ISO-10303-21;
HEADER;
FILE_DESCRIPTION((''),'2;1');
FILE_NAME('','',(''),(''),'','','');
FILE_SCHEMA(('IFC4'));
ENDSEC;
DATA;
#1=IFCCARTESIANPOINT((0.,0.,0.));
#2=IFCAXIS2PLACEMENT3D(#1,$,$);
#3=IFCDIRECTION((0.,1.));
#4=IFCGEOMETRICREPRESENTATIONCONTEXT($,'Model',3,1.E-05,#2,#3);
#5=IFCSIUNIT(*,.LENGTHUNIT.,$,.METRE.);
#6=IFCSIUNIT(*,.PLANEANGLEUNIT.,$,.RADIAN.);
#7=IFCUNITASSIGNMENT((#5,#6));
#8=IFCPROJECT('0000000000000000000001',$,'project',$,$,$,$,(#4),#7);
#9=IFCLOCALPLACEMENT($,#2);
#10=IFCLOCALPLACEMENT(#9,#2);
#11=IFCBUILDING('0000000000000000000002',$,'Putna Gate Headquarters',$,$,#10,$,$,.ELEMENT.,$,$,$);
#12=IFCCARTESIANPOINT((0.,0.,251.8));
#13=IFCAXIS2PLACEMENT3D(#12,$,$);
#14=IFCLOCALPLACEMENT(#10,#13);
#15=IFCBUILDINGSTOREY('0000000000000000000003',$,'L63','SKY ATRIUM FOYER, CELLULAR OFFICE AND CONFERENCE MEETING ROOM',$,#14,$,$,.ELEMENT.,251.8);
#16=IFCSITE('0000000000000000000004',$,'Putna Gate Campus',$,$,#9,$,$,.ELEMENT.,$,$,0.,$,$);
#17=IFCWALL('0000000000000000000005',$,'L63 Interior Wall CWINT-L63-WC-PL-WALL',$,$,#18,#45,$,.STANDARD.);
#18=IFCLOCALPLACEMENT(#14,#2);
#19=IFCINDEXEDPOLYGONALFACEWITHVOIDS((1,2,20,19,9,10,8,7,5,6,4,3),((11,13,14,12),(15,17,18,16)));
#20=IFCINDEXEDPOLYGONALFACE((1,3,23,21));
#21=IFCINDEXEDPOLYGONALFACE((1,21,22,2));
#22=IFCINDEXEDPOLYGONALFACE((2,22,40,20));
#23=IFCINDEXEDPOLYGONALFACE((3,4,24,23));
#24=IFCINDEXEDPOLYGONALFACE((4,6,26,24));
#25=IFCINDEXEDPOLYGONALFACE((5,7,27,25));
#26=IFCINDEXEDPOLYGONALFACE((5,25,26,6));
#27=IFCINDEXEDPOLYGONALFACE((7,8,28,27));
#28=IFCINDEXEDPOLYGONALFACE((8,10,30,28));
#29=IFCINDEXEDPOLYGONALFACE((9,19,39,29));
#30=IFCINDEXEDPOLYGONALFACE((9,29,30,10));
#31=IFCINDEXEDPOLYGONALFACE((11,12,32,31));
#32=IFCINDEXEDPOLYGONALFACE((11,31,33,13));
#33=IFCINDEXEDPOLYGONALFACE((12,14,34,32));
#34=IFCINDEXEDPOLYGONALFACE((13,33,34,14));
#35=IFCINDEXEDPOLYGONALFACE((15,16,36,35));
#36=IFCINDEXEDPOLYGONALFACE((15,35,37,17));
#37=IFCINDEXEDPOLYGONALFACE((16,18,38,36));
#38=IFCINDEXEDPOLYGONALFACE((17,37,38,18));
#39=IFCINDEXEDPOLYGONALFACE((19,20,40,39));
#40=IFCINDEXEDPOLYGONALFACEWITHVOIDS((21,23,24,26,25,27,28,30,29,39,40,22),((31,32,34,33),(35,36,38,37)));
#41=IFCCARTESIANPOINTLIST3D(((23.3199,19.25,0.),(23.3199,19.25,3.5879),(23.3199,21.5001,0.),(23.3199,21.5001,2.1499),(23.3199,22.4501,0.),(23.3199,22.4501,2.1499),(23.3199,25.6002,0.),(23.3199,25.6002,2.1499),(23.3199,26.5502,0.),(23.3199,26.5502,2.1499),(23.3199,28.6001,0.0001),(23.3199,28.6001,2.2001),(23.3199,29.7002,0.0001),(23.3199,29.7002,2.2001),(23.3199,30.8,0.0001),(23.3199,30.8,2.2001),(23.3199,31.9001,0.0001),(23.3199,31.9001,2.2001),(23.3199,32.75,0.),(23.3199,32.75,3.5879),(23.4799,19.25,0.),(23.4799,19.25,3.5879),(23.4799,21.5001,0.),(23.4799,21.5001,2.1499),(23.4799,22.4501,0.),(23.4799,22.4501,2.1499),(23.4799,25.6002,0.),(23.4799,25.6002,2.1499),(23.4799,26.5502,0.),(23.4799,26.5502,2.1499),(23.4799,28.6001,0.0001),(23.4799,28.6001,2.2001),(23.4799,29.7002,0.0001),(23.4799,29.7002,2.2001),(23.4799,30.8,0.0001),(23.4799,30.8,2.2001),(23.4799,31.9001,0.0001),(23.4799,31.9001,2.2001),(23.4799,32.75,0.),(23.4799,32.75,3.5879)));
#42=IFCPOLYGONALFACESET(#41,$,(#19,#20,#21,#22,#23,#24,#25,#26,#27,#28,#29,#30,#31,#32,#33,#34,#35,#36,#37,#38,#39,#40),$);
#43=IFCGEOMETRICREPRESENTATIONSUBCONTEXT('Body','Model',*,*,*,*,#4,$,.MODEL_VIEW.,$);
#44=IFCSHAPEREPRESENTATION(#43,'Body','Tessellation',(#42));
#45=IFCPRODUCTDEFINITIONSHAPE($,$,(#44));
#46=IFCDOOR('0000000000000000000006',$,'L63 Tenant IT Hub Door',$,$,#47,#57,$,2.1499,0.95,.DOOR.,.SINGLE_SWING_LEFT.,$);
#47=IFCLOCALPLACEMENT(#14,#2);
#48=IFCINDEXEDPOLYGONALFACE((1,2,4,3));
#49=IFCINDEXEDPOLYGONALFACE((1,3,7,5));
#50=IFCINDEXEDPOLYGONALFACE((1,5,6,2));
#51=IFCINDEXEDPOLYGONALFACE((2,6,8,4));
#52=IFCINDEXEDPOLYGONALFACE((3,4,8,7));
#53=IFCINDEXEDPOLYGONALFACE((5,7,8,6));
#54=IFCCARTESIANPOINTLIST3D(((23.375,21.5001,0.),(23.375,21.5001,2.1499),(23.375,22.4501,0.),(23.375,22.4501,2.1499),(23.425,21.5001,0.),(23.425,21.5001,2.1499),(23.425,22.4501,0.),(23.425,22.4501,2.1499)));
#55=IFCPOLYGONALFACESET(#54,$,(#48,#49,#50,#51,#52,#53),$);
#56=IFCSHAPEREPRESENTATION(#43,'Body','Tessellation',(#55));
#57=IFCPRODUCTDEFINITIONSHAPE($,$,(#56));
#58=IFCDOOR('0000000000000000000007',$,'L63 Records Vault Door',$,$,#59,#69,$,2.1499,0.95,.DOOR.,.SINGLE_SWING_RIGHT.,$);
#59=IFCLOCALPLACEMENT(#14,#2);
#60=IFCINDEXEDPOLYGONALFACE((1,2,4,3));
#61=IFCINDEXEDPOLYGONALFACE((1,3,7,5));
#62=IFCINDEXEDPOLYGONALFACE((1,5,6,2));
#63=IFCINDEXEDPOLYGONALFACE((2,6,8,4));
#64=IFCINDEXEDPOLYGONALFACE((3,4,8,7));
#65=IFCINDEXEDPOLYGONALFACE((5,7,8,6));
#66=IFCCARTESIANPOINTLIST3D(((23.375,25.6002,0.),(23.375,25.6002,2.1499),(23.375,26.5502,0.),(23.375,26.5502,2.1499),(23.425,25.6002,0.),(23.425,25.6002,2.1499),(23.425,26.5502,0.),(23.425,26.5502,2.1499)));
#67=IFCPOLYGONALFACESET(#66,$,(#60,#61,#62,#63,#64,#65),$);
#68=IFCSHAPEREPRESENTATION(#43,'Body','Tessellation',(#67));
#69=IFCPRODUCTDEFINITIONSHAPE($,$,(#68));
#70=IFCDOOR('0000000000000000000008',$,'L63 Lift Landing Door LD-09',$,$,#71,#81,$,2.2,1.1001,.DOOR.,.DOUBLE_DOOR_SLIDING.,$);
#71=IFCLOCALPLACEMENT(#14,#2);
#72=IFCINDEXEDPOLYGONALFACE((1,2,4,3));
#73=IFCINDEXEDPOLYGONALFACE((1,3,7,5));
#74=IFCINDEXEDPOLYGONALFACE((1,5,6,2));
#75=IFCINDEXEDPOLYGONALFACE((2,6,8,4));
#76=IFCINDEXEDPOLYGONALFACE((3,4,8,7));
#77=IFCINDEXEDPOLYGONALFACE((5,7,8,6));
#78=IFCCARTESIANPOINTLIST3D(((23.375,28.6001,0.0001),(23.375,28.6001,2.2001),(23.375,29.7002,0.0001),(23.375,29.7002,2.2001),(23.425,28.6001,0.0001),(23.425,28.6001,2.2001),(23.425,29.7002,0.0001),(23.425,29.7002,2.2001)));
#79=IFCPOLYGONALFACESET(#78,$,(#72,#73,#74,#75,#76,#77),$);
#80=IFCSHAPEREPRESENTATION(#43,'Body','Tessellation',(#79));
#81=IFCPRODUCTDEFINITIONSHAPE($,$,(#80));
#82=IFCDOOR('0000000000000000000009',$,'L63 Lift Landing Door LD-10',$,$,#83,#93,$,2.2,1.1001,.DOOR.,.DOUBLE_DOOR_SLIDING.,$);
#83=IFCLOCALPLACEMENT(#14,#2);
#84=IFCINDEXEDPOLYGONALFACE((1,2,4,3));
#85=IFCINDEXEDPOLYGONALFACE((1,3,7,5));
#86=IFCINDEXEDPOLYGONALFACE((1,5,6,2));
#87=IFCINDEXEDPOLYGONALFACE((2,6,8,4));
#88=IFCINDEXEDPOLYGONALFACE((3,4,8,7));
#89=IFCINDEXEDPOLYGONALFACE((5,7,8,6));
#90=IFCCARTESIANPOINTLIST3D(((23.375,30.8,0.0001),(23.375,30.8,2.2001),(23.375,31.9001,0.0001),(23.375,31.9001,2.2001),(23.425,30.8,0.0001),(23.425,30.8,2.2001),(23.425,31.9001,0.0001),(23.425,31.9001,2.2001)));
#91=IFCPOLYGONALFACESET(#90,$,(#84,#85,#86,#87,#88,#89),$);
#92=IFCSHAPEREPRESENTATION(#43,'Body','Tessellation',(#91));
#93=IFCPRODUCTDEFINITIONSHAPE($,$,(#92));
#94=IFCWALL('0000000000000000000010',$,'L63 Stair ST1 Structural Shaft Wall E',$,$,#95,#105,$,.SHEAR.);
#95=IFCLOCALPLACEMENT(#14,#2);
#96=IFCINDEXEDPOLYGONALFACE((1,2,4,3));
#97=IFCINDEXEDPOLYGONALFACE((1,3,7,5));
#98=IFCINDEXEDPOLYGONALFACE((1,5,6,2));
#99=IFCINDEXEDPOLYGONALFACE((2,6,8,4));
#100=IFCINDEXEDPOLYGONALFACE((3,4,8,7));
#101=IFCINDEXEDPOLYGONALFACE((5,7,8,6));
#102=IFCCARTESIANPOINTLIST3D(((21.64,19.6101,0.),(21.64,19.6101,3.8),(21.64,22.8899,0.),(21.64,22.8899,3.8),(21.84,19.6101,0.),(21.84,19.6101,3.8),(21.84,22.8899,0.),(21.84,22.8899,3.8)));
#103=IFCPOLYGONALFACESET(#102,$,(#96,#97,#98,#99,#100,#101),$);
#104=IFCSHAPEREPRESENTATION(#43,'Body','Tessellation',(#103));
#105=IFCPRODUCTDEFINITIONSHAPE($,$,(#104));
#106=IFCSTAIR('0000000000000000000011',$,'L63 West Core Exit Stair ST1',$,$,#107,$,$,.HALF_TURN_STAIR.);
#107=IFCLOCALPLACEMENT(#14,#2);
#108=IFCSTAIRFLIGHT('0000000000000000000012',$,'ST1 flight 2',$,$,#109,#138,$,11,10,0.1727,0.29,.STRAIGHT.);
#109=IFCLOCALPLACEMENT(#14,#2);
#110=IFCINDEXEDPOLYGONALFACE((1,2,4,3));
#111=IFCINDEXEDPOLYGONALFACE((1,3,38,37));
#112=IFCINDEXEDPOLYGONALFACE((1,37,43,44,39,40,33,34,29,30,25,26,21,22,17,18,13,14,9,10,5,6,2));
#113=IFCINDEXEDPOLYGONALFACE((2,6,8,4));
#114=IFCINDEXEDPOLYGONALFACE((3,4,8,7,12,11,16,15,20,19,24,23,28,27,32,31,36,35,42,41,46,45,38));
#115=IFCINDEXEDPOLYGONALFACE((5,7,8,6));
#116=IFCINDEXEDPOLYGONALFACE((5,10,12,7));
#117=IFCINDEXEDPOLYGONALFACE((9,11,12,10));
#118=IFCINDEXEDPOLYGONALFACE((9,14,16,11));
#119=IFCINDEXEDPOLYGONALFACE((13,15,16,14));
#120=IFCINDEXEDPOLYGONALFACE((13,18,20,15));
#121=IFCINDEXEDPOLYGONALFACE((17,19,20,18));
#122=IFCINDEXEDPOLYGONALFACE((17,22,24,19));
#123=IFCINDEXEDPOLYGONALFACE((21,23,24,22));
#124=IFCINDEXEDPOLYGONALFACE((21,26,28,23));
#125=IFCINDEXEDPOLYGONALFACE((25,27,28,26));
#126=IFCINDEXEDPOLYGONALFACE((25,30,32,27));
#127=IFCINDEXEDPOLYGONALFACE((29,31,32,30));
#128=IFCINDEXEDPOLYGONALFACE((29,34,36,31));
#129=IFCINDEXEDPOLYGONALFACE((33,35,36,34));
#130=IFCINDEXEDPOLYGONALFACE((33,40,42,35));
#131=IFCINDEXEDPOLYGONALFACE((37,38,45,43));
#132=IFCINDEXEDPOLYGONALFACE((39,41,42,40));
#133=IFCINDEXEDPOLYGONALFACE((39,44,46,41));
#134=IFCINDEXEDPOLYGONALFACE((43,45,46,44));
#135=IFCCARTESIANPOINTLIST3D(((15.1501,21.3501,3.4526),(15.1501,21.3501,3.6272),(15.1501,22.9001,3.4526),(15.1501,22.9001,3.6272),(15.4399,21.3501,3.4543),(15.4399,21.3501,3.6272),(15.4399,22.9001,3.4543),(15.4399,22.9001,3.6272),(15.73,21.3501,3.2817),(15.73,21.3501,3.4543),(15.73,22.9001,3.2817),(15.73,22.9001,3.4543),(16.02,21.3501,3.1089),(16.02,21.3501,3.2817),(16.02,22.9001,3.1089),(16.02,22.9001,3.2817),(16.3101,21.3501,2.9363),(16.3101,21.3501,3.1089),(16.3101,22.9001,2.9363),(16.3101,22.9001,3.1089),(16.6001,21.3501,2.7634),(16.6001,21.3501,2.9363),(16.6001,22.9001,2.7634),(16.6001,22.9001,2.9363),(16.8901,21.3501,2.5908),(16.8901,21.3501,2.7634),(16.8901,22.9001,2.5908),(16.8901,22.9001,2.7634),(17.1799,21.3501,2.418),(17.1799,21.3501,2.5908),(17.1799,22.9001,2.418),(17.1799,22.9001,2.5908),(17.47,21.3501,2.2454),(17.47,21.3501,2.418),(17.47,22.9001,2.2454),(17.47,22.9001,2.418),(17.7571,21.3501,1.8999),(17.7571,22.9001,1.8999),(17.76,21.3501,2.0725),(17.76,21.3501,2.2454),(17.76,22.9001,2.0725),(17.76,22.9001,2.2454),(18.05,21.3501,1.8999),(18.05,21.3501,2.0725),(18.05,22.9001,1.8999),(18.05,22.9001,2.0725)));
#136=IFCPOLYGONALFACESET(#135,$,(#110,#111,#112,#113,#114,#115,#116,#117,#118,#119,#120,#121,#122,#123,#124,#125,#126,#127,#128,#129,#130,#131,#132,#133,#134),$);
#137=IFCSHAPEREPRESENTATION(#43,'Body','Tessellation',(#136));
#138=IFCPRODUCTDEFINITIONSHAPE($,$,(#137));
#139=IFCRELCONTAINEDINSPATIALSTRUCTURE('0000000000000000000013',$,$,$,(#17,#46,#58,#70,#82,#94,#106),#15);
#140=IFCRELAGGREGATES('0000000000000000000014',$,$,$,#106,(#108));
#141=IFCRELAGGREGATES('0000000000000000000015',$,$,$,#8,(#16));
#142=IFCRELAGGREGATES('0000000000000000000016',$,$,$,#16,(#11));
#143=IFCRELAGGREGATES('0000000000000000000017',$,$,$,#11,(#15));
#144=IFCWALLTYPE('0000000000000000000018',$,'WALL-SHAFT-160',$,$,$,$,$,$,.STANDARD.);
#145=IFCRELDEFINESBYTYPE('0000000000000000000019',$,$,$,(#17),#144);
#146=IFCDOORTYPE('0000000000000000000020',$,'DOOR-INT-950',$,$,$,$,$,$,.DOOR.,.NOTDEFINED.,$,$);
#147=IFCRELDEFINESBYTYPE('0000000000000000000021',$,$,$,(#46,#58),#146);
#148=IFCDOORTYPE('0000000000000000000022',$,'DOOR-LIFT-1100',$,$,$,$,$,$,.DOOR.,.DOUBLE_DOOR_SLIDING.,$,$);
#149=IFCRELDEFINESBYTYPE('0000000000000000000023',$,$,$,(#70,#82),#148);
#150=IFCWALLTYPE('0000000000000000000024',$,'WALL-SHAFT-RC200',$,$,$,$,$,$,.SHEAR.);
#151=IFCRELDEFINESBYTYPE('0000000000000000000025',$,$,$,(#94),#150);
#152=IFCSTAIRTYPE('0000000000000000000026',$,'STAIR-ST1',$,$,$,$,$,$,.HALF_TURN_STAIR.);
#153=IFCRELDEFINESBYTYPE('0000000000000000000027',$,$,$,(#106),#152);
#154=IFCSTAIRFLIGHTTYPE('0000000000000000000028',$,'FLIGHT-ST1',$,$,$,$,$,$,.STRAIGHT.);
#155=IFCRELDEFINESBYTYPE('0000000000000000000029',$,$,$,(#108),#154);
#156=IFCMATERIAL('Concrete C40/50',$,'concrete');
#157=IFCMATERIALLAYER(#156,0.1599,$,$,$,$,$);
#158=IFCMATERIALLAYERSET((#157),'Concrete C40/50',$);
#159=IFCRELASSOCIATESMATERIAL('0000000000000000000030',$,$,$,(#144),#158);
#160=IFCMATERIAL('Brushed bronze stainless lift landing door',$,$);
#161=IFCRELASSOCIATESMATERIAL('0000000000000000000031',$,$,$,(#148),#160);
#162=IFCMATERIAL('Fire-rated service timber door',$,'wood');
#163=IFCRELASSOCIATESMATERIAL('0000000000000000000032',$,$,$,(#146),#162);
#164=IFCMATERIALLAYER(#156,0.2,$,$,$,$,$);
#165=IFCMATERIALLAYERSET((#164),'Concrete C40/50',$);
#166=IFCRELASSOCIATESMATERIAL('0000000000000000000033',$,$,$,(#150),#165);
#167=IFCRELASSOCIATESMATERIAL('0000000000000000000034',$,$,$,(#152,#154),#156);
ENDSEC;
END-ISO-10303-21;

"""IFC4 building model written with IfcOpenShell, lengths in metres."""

from ifc_helpers import new_model, si_unit, direction, frame, frame_2d, origin, place, context, subcontext, project, spatial, polyline, rectangle, outline, extrude, material, layer, layer_set, type_object, element, fill, aggregate, save


model = new_model("IFC4")

# Units and contexts
model_context = context("Model", 3, precision=1e-05, world=origin(), true_north=direction((0.0, 1.0)))
body_context = subcontext(model_context, "Body", "Model", "MODEL_VIEW")
ifc_project = project(units=[si_unit("LENGTHUNIT", "METRE"), si_unit("PLANEANGLEUNIT", "RADIAN")], contexts=[model_context])

# Site, building, storey
site_placement = place(None, origin())
site = spatial("IfcSite", under=ifc_project, at=site_placement, Name="Putna Gate Campus", CompositionType="ELEMENT", RefElevation=0.0)
building_placement = place(site_placement, origin())
building = spatial("IfcBuilding", under=site, at=building_placement, Name="Putna Gate Headquarters", CompositionType="ELEMENT")
storey_placement = place(building_placement, frame((0.0, 0.0, 251.8)))
storey = spatial("IfcBuildingStorey", under=building, at=storey_placement, Name="L63", Description="SKY ATRIUM FOYER, CELLULAR OFFICE AND CONFERENCE MEETING ROOM", CompositionType="ELEMENT", Elevation=251.8)

# Shared definitions
ifc_material_1 = material(Name="Concrete C40/50", Category="concrete")
ifc_layer_1 = layer(ifc_material_1, 0.1599)
ifc_layer_set_1 = layer_set([ifc_layer_1], Name="Concrete C40/50")
wall_type_1 = type_object("IfcWallType", Name="WALL-SHAFT-160", PredefinedType="STANDARD", material=ifc_layer_set_1)

# Shared definitions
ifc_material_2 = material(Name="Brushed bronze stainless lift landing door")
door_type_1 = type_object("IfcDoorType", Name="DOOR-LIFT-1100", OperationType="DOUBLE_DOOR_SLIDING", PredefinedType="DOOR", material=ifc_material_2)

# Wall, openings, doors
wall_1_placement = place(storey_placement, frame((23.3999, 19.25, 0.0), z_axis=(0.0, 0.0, 1.0), x_axis=(0.0, 1.0, 0.0)))
wall_1 = element("IfcWall", 1, at=wall_1_placement, inside=storey, type_object=wall_type_1, Name="L63 Interior Wall CWINT-L63-WC-PL-WALL", PredefinedType="STANDARD", context=body_context, shape_type="SweptSolid", body=[
    extrude(rectangle(XDim=13.5, YDim=0.1599, at=frame_2d((6.75, 0.0))), origin(), (0.0, 0.0, 1.0), 3.5879),
])
opening_1_placement = place(wall_1_placement, frame((2.25, 0.0, 0.0)))
opening_1 = element("IfcOpeningElement", 2, at=opening_1_placement, cuts=wall_1, PredefinedType="OPENING", context=body_context, shape_type="SweptSolid", body=[
    extrude(rectangle(XDim=0.95, YDim=2.1499, at=frame_2d((0.4751, 1.075))), frame((0.0, 0.0898, 0.0), z_axis=(0.0, -1.0, 0.0), x_axis=(1.0, 0.0, 0.0)), (0.0, 0.0, 1.0), 0.1799),
])
opening_2_placement = place(wall_1_placement, frame((6.3501, 0.0, 0.0)))
opening_2 = element("IfcOpeningElement", 3, at=opening_2_placement, cuts=wall_1, PredefinedType="OPENING", context=body_context, shape_type="SweptSolid", body=[
    extrude(rectangle(XDim=0.95, YDim=2.1499, at=frame_2d((0.4751, 1.075))), frame((0.0, 0.0898, 0.0), z_axis=(0.0, -1.0, 0.0), x_axis=(1.0, 0.0, 0.0)), (0.0, 0.0, 1.0), 0.1799),
])
opening_3_placement = place(wall_1_placement, frame((9.3501, 0.0, 0.0)))
opening_3 = element("IfcOpeningElement", 4, at=opening_3_placement, cuts=wall_1, PredefinedType="OPENING", context=body_context, shape_type="SweptSolid", body=[
    extrude(rectangle(XDim=1.1001, YDim=2.2, at=frame_2d((0.55, 1.1001))), frame((0.0, 0.0898, 0.0), z_axis=(0.0, -1.0, 0.0), x_axis=(1.0, 0.0, 0.0)), (0.0, 0.0, 1.0), 0.1799),
])
opening_4_placement = place(wall_1_placement, frame((11.55, 0.0, 0.0)))
opening_4 = element("IfcOpeningElement", 5, at=opening_4_placement, cuts=wall_1, PredefinedType="OPENING", context=body_context, shape_type="SweptSolid", body=[
    extrude(rectangle(XDim=1.1001, YDim=2.2, at=frame_2d((0.55, 1.1001))), frame((0.0, 0.0898, 0.0), z_axis=(0.0, -1.0, 0.0), x_axis=(1.0, 0.0, 0.0)), (0.0, 0.0, 1.0), 0.1799),
])
ifc_material_3 = material(Name="Fire-rated service timber door", Category="wood")
door_type_2 = type_object("IfcDoorType", Name="DOOR-INT-950", OperationType="NOTDEFINED", PredefinedType="DOOR", material=ifc_material_3)
door_1_placement = place(opening_1_placement, origin())
door_1 = element("IfcDoor", 6, at=door_1_placement, inside=storey, type_object=door_type_2, Name="L63 Tenant IT Hub Door", OperationType="SINGLE_SWING_LEFT", OverallHeight=2.1499, OverallWidth=0.95, PredefinedType="DOOR", context=body_context, shape_type="SweptSolid", body=[
    extrude(rectangle(XDim=0.95, YDim=2.1499, at=frame_2d((0.4751, 1.075))), frame((0.0, 0.0249, 0.0), z_axis=(0.0, -1.0, 0.0), x_axis=(1.0, 0.0, 0.0)), (0.0, 0.0, 1.0), 0.05),
])
fill(opening_1, door_1)
door_2_placement = place(opening_2_placement, origin())
door_2 = element("IfcDoor", 7, at=door_2_placement, inside=storey, type_object=door_type_2, Name="L63 Records Vault Door", OperationType="SINGLE_SWING_RIGHT", OverallHeight=2.1499, OverallWidth=0.95, PredefinedType="DOOR", context=body_context, shape_type="SweptSolid", body=[
    extrude(rectangle(XDim=0.95, YDim=2.1499, at=frame_2d((0.4751, 1.075))), frame((0.0, 0.0249, 0.0), z_axis=(0.0, -1.0, 0.0), x_axis=(1.0, 0.0, 0.0)), (0.0, 0.0, 1.0), 0.05),
])
fill(opening_2, door_2)
door_3_placement = place(opening_3_placement, origin())
door_3 = element("IfcDoor", 8, at=door_3_placement, inside=storey, type_object=door_type_1, Name="L63 Lift Landing Door LD-09", OperationType="DOUBLE_DOOR_SLIDING", OverallHeight=2.2, OverallWidth=1.1001, PredefinedType="DOOR", context=body_context, shape_type="SweptSolid", body=[
    extrude(rectangle(XDim=1.1001, YDim=2.2, at=frame_2d((0.55, 1.1001))), frame((0.0, 0.0249, 0.0), z_axis=(0.0, -1.0, 0.0), x_axis=(1.0, 0.0, 0.0)), (0.0, 0.0, 1.0), 0.05),
])
fill(opening_3, door_3)
door_4_placement = place(opening_4_placement, origin())
door_4 = element("IfcDoor", 9, at=door_4_placement, inside=storey, type_object=door_type_1, Name="L63 Lift Landing Door LD-10", OperationType="DOUBLE_DOOR_SLIDING", OverallHeight=2.2, OverallWidth=1.1001, PredefinedType="DOOR", context=body_context, shape_type="SweptSolid", body=[
    extrude(rectangle(XDim=1.1001, YDim=2.2, at=frame_2d((0.55, 1.1001))), frame((0.0, 0.0249, 0.0), z_axis=(0.0, -1.0, 0.0), x_axis=(1.0, 0.0, 0.0)), (0.0, 0.0, 1.0), 0.05),
])
fill(opening_4, door_4)

# Wall
ifc_layer_2 = layer(ifc_material_1, 0.2)
ifc_layer_set_2 = layer_set([ifc_layer_2], Name="Concrete C40/50")
wall_type_2 = type_object("IfcWallType", Name="WALL-SHAFT-RC200", PredefinedType="SHEAR", material=ifc_layer_set_2)
wall_2_placement = place(storey_placement, frame((21.74, 19.6101, 0.0), z_axis=(0.0, 0.0, 1.0), x_axis=(0.0, 1.0, 0.0)))
element("IfcWall", 10, at=wall_2_placement, inside=storey, type_object=wall_type_2, Name="L63 Stair ST1 Structural Shaft Wall E", PredefinedType="SHEAR", context=body_context, shape_type="SweptSolid", body=[
    extrude(rectangle(XDim=3.2798, YDim=0.2, at=frame_2d((1.6399, 0.0))), origin(), (0.0, 0.0, 1.0), 3.8),
])

# Stair, stair flight
stair_type = type_object("IfcStairType", Name="STAIR-ST1", PredefinedType="HALF_TURN_STAIR", material=ifc_material_1)
stair_placement = place(storey_placement, origin())
stair = element("IfcStair", 11, at=stair_placement, inside=storey, type_object=stair_type, Name="L63 West Core Exit Stair ST1", PredefinedType="HALF_TURN_STAIR")
stair_flight_type = type_object("IfcStairFlightType", Name="FLIGHT-ST1", PredefinedType="STRAIGHT", material=ifc_material_1)
stair_flight_placement = place(storey_placement, frame((18.05, 22.125, 1.8999), z_axis=(0.0, 0.0, 1.0), x_axis=(-1.0, 0.0, 0.0)))
stair_flight = element("IfcStairFlight", 12, at=stair_flight_placement, type_object=stair_flight_type, Name="ST1 flight 2", NumberOfRisers=11, NumberOfTreads=10, PredefinedType="STRAIGHT", RiserHeight=0.1727, TreadLength=0.29, context=body_context, shape_type="SweptSolid", body=[
    extrude(outline(polyline([(0.0, 0.0), (0.0, 0.1726), (0.29, 0.1726), (0.29, 0.3455), (0.5801, 0.3455), (0.5801, 0.5181), (0.8701, 0.5181), (0.8701, 0.6909), (1.1599, 0.6909), (1.1599, 0.8635), (1.45, 0.8635), (1.45, 1.0364), (1.74, 1.0364), (1.74, 1.209), (2.03, 1.209), (2.03, 1.3818), (2.3201, 1.3818), (2.3201, 1.5544), (2.6101, 1.5544), (2.6101, 1.7273), (2.8999, 1.7273), (2.8999, 1.8999), (2.8999, 1.5527), (0.293, 0.0), (0.0, 0.0)])), frame((0.0, 0.7749, 0.0), z_axis=(0.0, -1.0, 0.0), x_axis=(1.0, 0.0, 0.0)), (0.0, 0.0, 1.0), 1.55),
])
aggregate(stair, [stair_flight])

save(model, "model.ifc")
